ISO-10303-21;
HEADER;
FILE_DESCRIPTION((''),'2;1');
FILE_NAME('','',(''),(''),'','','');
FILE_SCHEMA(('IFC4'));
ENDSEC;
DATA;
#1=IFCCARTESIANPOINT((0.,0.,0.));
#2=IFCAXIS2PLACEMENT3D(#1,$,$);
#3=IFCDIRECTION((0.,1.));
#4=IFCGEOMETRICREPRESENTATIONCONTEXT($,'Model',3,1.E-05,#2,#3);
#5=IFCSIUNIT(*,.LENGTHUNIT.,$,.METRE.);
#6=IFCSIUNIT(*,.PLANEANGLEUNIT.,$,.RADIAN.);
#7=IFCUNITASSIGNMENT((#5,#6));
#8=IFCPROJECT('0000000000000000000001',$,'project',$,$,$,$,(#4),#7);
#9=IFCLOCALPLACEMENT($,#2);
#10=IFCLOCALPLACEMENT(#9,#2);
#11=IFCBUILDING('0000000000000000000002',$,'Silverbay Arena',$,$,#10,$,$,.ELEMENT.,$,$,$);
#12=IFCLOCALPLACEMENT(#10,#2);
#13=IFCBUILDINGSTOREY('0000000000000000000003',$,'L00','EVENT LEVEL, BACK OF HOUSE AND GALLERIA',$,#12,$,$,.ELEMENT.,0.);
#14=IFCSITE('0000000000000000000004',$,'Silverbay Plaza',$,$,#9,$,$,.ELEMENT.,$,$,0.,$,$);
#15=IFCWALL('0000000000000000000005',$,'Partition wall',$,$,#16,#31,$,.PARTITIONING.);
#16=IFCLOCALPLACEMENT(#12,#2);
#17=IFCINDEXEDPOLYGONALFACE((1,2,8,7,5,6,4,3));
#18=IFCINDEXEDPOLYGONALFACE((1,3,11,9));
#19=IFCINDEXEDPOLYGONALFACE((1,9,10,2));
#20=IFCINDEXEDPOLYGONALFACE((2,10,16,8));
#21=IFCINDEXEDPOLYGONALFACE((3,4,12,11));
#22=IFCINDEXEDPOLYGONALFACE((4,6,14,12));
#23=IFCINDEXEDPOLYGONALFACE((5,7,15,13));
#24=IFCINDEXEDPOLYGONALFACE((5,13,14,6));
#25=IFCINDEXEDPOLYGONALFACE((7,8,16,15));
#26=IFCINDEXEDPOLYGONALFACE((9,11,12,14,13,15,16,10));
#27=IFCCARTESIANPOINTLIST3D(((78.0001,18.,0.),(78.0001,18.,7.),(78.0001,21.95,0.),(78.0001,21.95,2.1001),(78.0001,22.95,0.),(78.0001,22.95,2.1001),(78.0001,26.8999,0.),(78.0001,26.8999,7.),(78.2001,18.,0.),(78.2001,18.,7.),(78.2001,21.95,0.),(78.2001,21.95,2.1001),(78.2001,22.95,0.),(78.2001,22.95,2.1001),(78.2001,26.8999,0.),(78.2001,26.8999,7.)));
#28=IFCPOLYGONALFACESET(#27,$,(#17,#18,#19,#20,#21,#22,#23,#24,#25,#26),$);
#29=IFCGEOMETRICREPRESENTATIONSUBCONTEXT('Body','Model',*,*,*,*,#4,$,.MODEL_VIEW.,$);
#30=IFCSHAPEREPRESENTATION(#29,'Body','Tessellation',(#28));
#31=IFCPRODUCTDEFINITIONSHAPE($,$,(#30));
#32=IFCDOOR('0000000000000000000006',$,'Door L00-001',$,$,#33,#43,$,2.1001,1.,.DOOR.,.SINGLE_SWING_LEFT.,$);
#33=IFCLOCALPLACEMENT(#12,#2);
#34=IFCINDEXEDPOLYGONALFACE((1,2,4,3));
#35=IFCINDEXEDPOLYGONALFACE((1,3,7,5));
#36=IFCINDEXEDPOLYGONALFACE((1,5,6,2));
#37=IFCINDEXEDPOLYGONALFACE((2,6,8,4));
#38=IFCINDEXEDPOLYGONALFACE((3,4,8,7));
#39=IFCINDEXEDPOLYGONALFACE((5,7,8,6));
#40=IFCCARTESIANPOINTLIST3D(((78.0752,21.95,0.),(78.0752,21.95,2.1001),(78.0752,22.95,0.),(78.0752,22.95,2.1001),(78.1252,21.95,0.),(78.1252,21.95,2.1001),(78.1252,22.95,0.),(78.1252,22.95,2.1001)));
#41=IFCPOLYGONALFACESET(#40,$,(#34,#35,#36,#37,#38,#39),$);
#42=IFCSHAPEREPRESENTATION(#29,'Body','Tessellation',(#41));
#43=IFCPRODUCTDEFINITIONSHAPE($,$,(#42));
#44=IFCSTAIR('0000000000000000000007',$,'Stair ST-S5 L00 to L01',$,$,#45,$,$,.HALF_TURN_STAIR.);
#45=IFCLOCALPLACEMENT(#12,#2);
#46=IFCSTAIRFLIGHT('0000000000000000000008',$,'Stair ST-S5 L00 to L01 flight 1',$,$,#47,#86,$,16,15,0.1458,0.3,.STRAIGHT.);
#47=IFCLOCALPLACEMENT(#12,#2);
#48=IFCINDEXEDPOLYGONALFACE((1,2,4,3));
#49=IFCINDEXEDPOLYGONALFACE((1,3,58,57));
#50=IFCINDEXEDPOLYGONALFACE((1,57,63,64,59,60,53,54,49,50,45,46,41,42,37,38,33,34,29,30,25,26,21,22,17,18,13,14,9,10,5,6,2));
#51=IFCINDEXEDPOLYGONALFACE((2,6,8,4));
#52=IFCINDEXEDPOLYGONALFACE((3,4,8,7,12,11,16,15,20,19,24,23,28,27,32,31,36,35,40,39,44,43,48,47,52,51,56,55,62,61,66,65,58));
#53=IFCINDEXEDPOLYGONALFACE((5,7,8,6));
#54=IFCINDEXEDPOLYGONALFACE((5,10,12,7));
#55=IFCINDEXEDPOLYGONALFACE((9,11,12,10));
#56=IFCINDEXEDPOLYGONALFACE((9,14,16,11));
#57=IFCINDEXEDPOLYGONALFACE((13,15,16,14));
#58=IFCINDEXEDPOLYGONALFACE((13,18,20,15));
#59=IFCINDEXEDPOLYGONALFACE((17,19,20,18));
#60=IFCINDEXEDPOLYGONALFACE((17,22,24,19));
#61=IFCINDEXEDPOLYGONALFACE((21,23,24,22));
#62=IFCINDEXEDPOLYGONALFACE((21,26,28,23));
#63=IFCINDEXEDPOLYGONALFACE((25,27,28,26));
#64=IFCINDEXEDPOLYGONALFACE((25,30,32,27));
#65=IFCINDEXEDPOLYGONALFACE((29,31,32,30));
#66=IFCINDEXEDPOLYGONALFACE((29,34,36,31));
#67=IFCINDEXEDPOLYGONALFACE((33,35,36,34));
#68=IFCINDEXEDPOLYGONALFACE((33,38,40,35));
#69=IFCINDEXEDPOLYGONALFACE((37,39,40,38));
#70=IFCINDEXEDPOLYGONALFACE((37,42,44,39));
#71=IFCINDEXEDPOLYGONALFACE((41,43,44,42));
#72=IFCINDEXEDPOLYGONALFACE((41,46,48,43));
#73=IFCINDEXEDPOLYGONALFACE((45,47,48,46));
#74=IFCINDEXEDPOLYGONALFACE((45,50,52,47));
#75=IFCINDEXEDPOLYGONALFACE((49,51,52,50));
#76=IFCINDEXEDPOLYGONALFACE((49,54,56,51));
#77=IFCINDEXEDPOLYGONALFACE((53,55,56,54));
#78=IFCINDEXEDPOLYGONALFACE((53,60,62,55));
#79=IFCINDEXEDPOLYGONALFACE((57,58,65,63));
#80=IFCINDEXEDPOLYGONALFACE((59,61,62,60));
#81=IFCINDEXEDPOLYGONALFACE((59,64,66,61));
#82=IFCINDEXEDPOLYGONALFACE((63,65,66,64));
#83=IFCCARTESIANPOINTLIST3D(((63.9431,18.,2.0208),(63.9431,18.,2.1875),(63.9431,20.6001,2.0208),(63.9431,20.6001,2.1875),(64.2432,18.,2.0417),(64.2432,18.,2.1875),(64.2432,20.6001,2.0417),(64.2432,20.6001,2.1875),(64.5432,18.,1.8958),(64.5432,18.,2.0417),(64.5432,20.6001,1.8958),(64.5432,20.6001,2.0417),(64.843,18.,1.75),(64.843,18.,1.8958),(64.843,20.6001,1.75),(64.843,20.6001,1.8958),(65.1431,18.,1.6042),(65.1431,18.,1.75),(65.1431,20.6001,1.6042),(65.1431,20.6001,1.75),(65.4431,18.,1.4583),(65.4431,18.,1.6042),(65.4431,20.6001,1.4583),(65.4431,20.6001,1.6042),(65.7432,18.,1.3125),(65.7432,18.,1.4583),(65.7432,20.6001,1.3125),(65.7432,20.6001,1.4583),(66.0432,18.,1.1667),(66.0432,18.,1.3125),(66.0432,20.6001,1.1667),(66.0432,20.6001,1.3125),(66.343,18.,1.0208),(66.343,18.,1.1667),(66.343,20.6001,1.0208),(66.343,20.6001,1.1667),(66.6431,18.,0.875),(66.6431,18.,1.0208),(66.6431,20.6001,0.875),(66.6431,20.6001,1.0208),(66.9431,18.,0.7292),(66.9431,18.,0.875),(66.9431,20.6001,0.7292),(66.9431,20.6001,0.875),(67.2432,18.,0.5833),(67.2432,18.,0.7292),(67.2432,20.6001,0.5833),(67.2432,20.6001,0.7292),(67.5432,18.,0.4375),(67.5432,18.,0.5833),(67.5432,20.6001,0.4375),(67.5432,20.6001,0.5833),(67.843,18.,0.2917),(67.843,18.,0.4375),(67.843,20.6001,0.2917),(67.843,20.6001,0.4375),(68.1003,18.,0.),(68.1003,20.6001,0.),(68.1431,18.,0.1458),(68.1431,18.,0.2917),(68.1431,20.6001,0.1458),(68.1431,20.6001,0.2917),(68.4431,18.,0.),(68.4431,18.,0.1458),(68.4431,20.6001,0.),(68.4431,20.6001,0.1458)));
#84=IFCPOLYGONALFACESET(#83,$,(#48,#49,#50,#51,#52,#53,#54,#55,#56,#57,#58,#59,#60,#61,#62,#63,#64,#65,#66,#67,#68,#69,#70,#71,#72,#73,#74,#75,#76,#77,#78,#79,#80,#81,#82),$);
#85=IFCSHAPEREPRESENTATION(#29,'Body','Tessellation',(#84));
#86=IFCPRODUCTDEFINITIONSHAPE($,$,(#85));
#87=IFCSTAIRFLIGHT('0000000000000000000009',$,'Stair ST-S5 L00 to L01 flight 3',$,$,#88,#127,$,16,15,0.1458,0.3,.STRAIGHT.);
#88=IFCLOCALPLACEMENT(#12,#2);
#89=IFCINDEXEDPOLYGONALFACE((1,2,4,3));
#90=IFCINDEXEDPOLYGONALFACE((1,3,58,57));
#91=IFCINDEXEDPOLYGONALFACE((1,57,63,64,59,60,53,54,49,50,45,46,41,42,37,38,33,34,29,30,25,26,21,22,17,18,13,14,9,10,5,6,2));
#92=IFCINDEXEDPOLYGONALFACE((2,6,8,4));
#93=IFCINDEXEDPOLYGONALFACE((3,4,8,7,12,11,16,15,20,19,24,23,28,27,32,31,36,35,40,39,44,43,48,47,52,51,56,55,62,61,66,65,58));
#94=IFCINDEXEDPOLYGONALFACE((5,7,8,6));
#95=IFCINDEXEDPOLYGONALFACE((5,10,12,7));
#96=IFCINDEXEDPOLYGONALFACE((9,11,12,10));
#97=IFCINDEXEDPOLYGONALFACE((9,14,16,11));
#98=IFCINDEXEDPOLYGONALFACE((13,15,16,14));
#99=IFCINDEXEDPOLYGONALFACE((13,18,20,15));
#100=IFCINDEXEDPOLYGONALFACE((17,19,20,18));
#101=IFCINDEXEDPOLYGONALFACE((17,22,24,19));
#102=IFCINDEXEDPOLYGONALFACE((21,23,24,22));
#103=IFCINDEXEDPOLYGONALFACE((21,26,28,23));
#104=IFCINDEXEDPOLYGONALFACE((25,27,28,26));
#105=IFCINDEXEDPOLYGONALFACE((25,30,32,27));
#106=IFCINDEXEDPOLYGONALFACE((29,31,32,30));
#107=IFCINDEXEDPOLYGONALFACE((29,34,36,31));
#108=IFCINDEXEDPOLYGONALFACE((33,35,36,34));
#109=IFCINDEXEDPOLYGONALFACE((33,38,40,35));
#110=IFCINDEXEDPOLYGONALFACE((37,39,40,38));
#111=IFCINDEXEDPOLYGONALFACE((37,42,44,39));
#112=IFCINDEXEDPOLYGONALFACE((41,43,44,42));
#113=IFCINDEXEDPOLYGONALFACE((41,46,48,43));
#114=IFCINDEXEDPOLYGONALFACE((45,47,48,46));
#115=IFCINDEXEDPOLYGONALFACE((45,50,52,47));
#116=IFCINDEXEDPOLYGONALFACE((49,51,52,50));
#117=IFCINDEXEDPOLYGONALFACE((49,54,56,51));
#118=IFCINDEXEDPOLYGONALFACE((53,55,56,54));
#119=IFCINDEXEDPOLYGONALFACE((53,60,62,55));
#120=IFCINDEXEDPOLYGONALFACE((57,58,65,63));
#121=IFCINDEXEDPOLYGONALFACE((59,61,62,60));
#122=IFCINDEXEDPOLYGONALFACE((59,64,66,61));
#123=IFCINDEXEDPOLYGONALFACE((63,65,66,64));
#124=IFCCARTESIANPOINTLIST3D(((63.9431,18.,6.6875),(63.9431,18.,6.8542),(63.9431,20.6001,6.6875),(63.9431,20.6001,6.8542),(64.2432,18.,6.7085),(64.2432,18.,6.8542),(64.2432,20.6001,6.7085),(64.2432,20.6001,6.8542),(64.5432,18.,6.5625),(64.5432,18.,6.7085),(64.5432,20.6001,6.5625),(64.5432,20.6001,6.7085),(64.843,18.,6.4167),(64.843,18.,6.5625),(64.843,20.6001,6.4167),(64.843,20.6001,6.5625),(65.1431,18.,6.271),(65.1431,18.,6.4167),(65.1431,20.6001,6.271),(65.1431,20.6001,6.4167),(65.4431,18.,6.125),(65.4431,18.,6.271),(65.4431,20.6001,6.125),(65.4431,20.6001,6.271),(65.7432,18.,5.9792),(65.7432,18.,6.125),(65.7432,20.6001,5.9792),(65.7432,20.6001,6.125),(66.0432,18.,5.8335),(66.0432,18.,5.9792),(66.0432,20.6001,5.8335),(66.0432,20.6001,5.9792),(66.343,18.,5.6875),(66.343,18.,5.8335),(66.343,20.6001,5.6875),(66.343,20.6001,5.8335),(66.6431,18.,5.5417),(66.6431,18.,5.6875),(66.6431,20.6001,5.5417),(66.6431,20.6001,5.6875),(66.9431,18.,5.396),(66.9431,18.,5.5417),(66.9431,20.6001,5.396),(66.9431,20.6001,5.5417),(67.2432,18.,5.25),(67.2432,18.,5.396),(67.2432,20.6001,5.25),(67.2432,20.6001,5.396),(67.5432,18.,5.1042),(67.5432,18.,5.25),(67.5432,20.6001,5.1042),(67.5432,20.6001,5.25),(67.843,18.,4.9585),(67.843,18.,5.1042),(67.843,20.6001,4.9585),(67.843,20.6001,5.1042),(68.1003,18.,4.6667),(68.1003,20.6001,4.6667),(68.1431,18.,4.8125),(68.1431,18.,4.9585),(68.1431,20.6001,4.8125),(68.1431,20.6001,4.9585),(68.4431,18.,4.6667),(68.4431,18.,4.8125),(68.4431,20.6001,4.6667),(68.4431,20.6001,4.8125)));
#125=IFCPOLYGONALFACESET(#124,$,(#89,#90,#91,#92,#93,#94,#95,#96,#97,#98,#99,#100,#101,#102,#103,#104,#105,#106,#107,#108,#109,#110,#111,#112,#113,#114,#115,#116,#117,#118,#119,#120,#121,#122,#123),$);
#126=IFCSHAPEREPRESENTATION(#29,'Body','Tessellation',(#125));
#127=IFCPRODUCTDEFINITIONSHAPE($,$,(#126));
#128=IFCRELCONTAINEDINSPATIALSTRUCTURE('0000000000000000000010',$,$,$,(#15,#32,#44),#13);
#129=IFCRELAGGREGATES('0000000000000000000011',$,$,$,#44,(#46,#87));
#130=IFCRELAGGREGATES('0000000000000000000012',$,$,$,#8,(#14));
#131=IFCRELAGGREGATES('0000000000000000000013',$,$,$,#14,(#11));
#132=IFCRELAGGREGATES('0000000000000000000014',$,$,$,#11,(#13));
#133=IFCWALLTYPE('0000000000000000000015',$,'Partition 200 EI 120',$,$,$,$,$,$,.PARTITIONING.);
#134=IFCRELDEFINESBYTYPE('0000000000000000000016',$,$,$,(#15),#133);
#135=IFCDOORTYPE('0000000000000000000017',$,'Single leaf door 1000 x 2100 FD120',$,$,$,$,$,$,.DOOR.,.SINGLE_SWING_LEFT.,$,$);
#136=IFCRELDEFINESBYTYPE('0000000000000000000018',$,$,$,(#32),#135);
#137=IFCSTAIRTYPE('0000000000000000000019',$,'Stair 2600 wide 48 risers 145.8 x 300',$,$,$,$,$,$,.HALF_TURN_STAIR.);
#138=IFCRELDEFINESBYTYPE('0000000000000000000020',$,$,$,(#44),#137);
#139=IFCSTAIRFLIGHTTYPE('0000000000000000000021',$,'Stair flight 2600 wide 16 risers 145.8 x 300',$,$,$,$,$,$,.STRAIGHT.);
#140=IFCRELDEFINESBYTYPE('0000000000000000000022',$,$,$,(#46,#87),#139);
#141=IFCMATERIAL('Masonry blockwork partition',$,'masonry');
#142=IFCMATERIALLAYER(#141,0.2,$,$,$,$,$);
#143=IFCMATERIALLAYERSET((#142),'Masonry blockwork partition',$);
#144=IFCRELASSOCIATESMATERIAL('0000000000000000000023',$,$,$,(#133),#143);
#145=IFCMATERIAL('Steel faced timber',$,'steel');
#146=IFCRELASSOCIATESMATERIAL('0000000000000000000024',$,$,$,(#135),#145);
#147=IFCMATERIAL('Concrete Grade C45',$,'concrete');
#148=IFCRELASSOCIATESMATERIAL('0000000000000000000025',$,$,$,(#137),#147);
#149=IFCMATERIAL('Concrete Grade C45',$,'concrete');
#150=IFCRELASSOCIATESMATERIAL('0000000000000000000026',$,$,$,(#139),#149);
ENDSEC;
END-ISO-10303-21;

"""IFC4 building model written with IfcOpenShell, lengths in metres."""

from ifc_helpers import new_model, si_unit, direction, frame, frame_2d, origin, place, context, subcontext, project, spatial, polyline, rectangle, outline, extrude, material, layer, layer_set, type_object, element, fill, aggregate, save


model = new_model("IFC4")

# Units and contexts
model_context = context("Model", 3, precision=1e-05, world=origin(), true_north=direction((0.0, 1.0)))
body_context = subcontext(model_context, "Body", "Model", "MODEL_VIEW")
ifc_project = project(units=[si_unit("LENGTHUNIT", "METRE"), si_unit("PLANEANGLEUNIT", "RADIAN")], contexts=[model_context])

# Site, building, storey
site_placement = place(None, origin())
site = spatial("IfcSite", under=ifc_project, at=site_placement, Name="Silverbay Plaza", CompositionType="ELEMENT", RefElevation=0.0)
building_placement = place(site_placement, origin())
building = spatial("IfcBuilding", under=site, at=building_placement, Name="Silverbay Arena", CompositionType="ELEMENT")
storey_placement = place(building_placement, origin())
storey = spatial("IfcBuildingStorey", under=building, at=storey_placement, Name="L00", Description="EVENT LEVEL, BACK OF HOUSE AND GALLERIA", CompositionType="ELEMENT", Elevation=0.0)

# Wall, opening, door
ifc_material_1 = material(Name="Masonry blockwork partition", Category="masonry")
ifc_layer_1 = layer(ifc_material_1, 0.2)
ifc_layer_set_1 = layer_set([ifc_layer_1], Name="Masonry blockwork partition")
wall_type_1 = type_object("IfcWallType", Name="Partition 200 EI 120", PredefinedType="PARTITIONING", material=ifc_layer_set_1)
wall_1_placement = place(storey_placement, frame((78.1001, 18.0, 0.0), z_axis=(0.0, 0.0, 1.0), x_axis=(0.0, 1.0, 0.0)))
wall_1 = element("IfcWall", 1, at=wall_1_placement, inside=storey, type_object=wall_type_1, Name="Partition wall", PredefinedType="PARTITIONING", context=body_context, shape_type="SweptSolid", body=[
    extrude(rectangle(XDim=8.8999, YDim=0.2, at=frame_2d((4.45, 0.0))), origin(), (0.0, 0.0, 1.0), 7.0),
])
opening_1_placement = place(wall_1_placement, frame((3.95, 0.0, 0.0)))
opening_1 = element("IfcOpeningElement", 2, at=opening_1_placement, cuts=wall_1, PredefinedType="OPENING", context=body_context, shape_type="SweptSolid", body=[
    extrude(rectangle(XDim=1.0, YDim=2.1001, at=frame_2d((0.5, 1.05))), frame((0.0, 0.1099, 0.0), z_axis=(0.0, -1.0, 0.0), x_axis=(1.0, 0.0, 0.0)), (0.0, 0.0, 1.0), 0.22),
])
ifc_material_2 = material(Name="Steel faced timber", Category="steel")
door_type_1 = type_object("IfcDoorType", Name="Single leaf door 1000 x 2100 FD120", OperationType="SINGLE_SWING_LEFT", PredefinedType="DOOR", material=ifc_material_2)
door_1_placement = place(opening_1_placement, origin())
door_1 = element("IfcDoor", 3, at=door_1_placement, inside=storey, type_object=door_type_1, Name="Door L00-001", OperationType="SINGLE_SWING_LEFT", OverallHeight=2.1001, OverallWidth=1.0, PredefinedType="DOOR", context=body_context, shape_type="SweptSolid", body=[
    extrude(rectangle(XDim=1.0, YDim=2.1001, at=frame_2d((0.5, 1.05))), frame((0.0, 0.0249, 0.0), z_axis=(0.0, -1.0, 0.0), x_axis=(1.0, 0.0, 0.0)), (0.0, 0.0, 1.0), 0.05),
])
fill(opening_1, door_1)

# Stair, stair flights
ifc_material_3 = material(Name="Concrete Grade C45", Category="concrete")
stair_type = type_object("IfcStairType", Name="Stair 2600 wide 48 risers 145.8 x 300", PredefinedType="HALF_TURN_STAIR", material=ifc_material_3)
stair_placement = place(storey_placement, origin())
stair = element("IfcStair", 4, at=stair_placement, inside=storey, type_object=stair_type, Name="Stair ST-S5 L00 to L01", PredefinedType="HALF_TURN_STAIR")
ifc_material_4 = material(Name="Concrete Grade C45", Category="concrete")
stair_flight_type = type_object("IfcStairFlightType", Name="Stair flight 2600 wide 16 risers 145.8 x 300", PredefinedType="STRAIGHT", material=ifc_material_4)
stair_flight_1_placement = place(storey_placement, frame((68.4431, 19.3, 0.0), z_axis=(0.0, 0.0, 1.0), x_axis=(-1.0, 0.0, 0.0)))
stair_flight_1 = element("IfcStairFlight", 5, at=stair_flight_1_placement, type_object=stair_flight_type, Name="Stair ST-S5 L00 to L01 flight 1", NumberOfRisers=16, NumberOfTreads=15, PredefinedType="STRAIGHT", RiserHeight=0.1458, TreadLength=0.3, context=body_context, shape_type="SweptSolid", body=[
    extrude(outline(polyline([(0.0, 0.0), (0.0, 0.1458), (0.3, 0.1458), (0.3, 0.2917), (0.6001, 0.2917), (0.6001, 0.4375), (0.8999, 0.4375), (0.8999, 0.5833), (1.2, 0.5833), (1.2, 0.7292), (1.5, 0.7292), (1.5, 0.875), (1.8, 0.875), (1.8, 1.0208), (2.1001, 1.0208), (2.1001, 1.1667), (2.3999, 1.1667), (2.3999, 1.3125), (2.7, 1.3125), (2.7, 1.4583), (3.0, 1.4583), (3.0, 1.6042), (3.3, 1.6042), (3.3, 1.75), (3.6001, 1.75), (3.6001, 1.8958), (3.8999, 1.8958), (3.8999, 2.0417), (4.2, 2.0417), (4.2, 2.1875), (4.5, 2.1875), (4.5, 2.0208), (0.3428, 0.0), (0.0, 0.0)])), frame((0.0, 1.3, 0.0), z_axis=(0.0, -1.0, 0.0), x_axis=(1.0, 0.0, 0.0)), (0.0, 0.0, 1.0), 2.6001),
])
stair_flight_2_placement = place(storey_placement, frame((68.4431, 19.3, 4.6667), z_axis=(0.0, 0.0, 1.0), x_axis=(-1.0, 0.0, 0.0)))
stair_flight_2 = element("IfcStairFlight", 6, at=stair_flight_2_placement, type_object=stair_flight_type, Name="Stair ST-S5 L00 to L01 flight 3", NumberOfRisers=16, NumberOfTreads=15, PredefinedType="STRAIGHT", RiserHeight=0.1458, TreadLength=0.3, context=body_context, shape_type="SweptSolid", body=[
    extrude(outline(polyline([(0.0, 0.0), (0.0, 0.1458), (0.3, 0.1458), (0.3, 0.2917), (0.6001, 0.2917), (0.6001, 0.4375), (0.8999, 0.4375), (0.8999, 0.5833), (1.2, 0.5833), (1.2, 0.7292), (1.5, 0.7292), (1.5, 0.875), (1.8, 0.875), (1.8, 1.0208), (2.1001, 1.0208), (2.1001, 1.1667), (2.3999, 1.1667), (2.3999, 1.3125), (2.7, 1.3125), (2.7, 1.4583), (3.0, 1.4583), (3.0, 1.6042), (3.3, 1.6042), (3.3, 1.75), (3.6001, 1.75), (3.6001, 1.8958), (3.8999, 1.8958), (3.8999, 2.0417), (4.2, 2.0417), (4.2, 2.1875), (4.5, 2.1875), (4.5, 2.0208), (0.3428, 0.0), (0.0, 0.0)])), frame((0.0, 1.3, 0.0), z_axis=(0.0, -1.0, 0.0), x_axis=(1.0, 0.0, 0.0)), (0.0, 0.0, 1.0), 2.6001),
])
aggregate(stair, [stair_flight_1, stair_flight_2])

save(model, "model.ifc")
